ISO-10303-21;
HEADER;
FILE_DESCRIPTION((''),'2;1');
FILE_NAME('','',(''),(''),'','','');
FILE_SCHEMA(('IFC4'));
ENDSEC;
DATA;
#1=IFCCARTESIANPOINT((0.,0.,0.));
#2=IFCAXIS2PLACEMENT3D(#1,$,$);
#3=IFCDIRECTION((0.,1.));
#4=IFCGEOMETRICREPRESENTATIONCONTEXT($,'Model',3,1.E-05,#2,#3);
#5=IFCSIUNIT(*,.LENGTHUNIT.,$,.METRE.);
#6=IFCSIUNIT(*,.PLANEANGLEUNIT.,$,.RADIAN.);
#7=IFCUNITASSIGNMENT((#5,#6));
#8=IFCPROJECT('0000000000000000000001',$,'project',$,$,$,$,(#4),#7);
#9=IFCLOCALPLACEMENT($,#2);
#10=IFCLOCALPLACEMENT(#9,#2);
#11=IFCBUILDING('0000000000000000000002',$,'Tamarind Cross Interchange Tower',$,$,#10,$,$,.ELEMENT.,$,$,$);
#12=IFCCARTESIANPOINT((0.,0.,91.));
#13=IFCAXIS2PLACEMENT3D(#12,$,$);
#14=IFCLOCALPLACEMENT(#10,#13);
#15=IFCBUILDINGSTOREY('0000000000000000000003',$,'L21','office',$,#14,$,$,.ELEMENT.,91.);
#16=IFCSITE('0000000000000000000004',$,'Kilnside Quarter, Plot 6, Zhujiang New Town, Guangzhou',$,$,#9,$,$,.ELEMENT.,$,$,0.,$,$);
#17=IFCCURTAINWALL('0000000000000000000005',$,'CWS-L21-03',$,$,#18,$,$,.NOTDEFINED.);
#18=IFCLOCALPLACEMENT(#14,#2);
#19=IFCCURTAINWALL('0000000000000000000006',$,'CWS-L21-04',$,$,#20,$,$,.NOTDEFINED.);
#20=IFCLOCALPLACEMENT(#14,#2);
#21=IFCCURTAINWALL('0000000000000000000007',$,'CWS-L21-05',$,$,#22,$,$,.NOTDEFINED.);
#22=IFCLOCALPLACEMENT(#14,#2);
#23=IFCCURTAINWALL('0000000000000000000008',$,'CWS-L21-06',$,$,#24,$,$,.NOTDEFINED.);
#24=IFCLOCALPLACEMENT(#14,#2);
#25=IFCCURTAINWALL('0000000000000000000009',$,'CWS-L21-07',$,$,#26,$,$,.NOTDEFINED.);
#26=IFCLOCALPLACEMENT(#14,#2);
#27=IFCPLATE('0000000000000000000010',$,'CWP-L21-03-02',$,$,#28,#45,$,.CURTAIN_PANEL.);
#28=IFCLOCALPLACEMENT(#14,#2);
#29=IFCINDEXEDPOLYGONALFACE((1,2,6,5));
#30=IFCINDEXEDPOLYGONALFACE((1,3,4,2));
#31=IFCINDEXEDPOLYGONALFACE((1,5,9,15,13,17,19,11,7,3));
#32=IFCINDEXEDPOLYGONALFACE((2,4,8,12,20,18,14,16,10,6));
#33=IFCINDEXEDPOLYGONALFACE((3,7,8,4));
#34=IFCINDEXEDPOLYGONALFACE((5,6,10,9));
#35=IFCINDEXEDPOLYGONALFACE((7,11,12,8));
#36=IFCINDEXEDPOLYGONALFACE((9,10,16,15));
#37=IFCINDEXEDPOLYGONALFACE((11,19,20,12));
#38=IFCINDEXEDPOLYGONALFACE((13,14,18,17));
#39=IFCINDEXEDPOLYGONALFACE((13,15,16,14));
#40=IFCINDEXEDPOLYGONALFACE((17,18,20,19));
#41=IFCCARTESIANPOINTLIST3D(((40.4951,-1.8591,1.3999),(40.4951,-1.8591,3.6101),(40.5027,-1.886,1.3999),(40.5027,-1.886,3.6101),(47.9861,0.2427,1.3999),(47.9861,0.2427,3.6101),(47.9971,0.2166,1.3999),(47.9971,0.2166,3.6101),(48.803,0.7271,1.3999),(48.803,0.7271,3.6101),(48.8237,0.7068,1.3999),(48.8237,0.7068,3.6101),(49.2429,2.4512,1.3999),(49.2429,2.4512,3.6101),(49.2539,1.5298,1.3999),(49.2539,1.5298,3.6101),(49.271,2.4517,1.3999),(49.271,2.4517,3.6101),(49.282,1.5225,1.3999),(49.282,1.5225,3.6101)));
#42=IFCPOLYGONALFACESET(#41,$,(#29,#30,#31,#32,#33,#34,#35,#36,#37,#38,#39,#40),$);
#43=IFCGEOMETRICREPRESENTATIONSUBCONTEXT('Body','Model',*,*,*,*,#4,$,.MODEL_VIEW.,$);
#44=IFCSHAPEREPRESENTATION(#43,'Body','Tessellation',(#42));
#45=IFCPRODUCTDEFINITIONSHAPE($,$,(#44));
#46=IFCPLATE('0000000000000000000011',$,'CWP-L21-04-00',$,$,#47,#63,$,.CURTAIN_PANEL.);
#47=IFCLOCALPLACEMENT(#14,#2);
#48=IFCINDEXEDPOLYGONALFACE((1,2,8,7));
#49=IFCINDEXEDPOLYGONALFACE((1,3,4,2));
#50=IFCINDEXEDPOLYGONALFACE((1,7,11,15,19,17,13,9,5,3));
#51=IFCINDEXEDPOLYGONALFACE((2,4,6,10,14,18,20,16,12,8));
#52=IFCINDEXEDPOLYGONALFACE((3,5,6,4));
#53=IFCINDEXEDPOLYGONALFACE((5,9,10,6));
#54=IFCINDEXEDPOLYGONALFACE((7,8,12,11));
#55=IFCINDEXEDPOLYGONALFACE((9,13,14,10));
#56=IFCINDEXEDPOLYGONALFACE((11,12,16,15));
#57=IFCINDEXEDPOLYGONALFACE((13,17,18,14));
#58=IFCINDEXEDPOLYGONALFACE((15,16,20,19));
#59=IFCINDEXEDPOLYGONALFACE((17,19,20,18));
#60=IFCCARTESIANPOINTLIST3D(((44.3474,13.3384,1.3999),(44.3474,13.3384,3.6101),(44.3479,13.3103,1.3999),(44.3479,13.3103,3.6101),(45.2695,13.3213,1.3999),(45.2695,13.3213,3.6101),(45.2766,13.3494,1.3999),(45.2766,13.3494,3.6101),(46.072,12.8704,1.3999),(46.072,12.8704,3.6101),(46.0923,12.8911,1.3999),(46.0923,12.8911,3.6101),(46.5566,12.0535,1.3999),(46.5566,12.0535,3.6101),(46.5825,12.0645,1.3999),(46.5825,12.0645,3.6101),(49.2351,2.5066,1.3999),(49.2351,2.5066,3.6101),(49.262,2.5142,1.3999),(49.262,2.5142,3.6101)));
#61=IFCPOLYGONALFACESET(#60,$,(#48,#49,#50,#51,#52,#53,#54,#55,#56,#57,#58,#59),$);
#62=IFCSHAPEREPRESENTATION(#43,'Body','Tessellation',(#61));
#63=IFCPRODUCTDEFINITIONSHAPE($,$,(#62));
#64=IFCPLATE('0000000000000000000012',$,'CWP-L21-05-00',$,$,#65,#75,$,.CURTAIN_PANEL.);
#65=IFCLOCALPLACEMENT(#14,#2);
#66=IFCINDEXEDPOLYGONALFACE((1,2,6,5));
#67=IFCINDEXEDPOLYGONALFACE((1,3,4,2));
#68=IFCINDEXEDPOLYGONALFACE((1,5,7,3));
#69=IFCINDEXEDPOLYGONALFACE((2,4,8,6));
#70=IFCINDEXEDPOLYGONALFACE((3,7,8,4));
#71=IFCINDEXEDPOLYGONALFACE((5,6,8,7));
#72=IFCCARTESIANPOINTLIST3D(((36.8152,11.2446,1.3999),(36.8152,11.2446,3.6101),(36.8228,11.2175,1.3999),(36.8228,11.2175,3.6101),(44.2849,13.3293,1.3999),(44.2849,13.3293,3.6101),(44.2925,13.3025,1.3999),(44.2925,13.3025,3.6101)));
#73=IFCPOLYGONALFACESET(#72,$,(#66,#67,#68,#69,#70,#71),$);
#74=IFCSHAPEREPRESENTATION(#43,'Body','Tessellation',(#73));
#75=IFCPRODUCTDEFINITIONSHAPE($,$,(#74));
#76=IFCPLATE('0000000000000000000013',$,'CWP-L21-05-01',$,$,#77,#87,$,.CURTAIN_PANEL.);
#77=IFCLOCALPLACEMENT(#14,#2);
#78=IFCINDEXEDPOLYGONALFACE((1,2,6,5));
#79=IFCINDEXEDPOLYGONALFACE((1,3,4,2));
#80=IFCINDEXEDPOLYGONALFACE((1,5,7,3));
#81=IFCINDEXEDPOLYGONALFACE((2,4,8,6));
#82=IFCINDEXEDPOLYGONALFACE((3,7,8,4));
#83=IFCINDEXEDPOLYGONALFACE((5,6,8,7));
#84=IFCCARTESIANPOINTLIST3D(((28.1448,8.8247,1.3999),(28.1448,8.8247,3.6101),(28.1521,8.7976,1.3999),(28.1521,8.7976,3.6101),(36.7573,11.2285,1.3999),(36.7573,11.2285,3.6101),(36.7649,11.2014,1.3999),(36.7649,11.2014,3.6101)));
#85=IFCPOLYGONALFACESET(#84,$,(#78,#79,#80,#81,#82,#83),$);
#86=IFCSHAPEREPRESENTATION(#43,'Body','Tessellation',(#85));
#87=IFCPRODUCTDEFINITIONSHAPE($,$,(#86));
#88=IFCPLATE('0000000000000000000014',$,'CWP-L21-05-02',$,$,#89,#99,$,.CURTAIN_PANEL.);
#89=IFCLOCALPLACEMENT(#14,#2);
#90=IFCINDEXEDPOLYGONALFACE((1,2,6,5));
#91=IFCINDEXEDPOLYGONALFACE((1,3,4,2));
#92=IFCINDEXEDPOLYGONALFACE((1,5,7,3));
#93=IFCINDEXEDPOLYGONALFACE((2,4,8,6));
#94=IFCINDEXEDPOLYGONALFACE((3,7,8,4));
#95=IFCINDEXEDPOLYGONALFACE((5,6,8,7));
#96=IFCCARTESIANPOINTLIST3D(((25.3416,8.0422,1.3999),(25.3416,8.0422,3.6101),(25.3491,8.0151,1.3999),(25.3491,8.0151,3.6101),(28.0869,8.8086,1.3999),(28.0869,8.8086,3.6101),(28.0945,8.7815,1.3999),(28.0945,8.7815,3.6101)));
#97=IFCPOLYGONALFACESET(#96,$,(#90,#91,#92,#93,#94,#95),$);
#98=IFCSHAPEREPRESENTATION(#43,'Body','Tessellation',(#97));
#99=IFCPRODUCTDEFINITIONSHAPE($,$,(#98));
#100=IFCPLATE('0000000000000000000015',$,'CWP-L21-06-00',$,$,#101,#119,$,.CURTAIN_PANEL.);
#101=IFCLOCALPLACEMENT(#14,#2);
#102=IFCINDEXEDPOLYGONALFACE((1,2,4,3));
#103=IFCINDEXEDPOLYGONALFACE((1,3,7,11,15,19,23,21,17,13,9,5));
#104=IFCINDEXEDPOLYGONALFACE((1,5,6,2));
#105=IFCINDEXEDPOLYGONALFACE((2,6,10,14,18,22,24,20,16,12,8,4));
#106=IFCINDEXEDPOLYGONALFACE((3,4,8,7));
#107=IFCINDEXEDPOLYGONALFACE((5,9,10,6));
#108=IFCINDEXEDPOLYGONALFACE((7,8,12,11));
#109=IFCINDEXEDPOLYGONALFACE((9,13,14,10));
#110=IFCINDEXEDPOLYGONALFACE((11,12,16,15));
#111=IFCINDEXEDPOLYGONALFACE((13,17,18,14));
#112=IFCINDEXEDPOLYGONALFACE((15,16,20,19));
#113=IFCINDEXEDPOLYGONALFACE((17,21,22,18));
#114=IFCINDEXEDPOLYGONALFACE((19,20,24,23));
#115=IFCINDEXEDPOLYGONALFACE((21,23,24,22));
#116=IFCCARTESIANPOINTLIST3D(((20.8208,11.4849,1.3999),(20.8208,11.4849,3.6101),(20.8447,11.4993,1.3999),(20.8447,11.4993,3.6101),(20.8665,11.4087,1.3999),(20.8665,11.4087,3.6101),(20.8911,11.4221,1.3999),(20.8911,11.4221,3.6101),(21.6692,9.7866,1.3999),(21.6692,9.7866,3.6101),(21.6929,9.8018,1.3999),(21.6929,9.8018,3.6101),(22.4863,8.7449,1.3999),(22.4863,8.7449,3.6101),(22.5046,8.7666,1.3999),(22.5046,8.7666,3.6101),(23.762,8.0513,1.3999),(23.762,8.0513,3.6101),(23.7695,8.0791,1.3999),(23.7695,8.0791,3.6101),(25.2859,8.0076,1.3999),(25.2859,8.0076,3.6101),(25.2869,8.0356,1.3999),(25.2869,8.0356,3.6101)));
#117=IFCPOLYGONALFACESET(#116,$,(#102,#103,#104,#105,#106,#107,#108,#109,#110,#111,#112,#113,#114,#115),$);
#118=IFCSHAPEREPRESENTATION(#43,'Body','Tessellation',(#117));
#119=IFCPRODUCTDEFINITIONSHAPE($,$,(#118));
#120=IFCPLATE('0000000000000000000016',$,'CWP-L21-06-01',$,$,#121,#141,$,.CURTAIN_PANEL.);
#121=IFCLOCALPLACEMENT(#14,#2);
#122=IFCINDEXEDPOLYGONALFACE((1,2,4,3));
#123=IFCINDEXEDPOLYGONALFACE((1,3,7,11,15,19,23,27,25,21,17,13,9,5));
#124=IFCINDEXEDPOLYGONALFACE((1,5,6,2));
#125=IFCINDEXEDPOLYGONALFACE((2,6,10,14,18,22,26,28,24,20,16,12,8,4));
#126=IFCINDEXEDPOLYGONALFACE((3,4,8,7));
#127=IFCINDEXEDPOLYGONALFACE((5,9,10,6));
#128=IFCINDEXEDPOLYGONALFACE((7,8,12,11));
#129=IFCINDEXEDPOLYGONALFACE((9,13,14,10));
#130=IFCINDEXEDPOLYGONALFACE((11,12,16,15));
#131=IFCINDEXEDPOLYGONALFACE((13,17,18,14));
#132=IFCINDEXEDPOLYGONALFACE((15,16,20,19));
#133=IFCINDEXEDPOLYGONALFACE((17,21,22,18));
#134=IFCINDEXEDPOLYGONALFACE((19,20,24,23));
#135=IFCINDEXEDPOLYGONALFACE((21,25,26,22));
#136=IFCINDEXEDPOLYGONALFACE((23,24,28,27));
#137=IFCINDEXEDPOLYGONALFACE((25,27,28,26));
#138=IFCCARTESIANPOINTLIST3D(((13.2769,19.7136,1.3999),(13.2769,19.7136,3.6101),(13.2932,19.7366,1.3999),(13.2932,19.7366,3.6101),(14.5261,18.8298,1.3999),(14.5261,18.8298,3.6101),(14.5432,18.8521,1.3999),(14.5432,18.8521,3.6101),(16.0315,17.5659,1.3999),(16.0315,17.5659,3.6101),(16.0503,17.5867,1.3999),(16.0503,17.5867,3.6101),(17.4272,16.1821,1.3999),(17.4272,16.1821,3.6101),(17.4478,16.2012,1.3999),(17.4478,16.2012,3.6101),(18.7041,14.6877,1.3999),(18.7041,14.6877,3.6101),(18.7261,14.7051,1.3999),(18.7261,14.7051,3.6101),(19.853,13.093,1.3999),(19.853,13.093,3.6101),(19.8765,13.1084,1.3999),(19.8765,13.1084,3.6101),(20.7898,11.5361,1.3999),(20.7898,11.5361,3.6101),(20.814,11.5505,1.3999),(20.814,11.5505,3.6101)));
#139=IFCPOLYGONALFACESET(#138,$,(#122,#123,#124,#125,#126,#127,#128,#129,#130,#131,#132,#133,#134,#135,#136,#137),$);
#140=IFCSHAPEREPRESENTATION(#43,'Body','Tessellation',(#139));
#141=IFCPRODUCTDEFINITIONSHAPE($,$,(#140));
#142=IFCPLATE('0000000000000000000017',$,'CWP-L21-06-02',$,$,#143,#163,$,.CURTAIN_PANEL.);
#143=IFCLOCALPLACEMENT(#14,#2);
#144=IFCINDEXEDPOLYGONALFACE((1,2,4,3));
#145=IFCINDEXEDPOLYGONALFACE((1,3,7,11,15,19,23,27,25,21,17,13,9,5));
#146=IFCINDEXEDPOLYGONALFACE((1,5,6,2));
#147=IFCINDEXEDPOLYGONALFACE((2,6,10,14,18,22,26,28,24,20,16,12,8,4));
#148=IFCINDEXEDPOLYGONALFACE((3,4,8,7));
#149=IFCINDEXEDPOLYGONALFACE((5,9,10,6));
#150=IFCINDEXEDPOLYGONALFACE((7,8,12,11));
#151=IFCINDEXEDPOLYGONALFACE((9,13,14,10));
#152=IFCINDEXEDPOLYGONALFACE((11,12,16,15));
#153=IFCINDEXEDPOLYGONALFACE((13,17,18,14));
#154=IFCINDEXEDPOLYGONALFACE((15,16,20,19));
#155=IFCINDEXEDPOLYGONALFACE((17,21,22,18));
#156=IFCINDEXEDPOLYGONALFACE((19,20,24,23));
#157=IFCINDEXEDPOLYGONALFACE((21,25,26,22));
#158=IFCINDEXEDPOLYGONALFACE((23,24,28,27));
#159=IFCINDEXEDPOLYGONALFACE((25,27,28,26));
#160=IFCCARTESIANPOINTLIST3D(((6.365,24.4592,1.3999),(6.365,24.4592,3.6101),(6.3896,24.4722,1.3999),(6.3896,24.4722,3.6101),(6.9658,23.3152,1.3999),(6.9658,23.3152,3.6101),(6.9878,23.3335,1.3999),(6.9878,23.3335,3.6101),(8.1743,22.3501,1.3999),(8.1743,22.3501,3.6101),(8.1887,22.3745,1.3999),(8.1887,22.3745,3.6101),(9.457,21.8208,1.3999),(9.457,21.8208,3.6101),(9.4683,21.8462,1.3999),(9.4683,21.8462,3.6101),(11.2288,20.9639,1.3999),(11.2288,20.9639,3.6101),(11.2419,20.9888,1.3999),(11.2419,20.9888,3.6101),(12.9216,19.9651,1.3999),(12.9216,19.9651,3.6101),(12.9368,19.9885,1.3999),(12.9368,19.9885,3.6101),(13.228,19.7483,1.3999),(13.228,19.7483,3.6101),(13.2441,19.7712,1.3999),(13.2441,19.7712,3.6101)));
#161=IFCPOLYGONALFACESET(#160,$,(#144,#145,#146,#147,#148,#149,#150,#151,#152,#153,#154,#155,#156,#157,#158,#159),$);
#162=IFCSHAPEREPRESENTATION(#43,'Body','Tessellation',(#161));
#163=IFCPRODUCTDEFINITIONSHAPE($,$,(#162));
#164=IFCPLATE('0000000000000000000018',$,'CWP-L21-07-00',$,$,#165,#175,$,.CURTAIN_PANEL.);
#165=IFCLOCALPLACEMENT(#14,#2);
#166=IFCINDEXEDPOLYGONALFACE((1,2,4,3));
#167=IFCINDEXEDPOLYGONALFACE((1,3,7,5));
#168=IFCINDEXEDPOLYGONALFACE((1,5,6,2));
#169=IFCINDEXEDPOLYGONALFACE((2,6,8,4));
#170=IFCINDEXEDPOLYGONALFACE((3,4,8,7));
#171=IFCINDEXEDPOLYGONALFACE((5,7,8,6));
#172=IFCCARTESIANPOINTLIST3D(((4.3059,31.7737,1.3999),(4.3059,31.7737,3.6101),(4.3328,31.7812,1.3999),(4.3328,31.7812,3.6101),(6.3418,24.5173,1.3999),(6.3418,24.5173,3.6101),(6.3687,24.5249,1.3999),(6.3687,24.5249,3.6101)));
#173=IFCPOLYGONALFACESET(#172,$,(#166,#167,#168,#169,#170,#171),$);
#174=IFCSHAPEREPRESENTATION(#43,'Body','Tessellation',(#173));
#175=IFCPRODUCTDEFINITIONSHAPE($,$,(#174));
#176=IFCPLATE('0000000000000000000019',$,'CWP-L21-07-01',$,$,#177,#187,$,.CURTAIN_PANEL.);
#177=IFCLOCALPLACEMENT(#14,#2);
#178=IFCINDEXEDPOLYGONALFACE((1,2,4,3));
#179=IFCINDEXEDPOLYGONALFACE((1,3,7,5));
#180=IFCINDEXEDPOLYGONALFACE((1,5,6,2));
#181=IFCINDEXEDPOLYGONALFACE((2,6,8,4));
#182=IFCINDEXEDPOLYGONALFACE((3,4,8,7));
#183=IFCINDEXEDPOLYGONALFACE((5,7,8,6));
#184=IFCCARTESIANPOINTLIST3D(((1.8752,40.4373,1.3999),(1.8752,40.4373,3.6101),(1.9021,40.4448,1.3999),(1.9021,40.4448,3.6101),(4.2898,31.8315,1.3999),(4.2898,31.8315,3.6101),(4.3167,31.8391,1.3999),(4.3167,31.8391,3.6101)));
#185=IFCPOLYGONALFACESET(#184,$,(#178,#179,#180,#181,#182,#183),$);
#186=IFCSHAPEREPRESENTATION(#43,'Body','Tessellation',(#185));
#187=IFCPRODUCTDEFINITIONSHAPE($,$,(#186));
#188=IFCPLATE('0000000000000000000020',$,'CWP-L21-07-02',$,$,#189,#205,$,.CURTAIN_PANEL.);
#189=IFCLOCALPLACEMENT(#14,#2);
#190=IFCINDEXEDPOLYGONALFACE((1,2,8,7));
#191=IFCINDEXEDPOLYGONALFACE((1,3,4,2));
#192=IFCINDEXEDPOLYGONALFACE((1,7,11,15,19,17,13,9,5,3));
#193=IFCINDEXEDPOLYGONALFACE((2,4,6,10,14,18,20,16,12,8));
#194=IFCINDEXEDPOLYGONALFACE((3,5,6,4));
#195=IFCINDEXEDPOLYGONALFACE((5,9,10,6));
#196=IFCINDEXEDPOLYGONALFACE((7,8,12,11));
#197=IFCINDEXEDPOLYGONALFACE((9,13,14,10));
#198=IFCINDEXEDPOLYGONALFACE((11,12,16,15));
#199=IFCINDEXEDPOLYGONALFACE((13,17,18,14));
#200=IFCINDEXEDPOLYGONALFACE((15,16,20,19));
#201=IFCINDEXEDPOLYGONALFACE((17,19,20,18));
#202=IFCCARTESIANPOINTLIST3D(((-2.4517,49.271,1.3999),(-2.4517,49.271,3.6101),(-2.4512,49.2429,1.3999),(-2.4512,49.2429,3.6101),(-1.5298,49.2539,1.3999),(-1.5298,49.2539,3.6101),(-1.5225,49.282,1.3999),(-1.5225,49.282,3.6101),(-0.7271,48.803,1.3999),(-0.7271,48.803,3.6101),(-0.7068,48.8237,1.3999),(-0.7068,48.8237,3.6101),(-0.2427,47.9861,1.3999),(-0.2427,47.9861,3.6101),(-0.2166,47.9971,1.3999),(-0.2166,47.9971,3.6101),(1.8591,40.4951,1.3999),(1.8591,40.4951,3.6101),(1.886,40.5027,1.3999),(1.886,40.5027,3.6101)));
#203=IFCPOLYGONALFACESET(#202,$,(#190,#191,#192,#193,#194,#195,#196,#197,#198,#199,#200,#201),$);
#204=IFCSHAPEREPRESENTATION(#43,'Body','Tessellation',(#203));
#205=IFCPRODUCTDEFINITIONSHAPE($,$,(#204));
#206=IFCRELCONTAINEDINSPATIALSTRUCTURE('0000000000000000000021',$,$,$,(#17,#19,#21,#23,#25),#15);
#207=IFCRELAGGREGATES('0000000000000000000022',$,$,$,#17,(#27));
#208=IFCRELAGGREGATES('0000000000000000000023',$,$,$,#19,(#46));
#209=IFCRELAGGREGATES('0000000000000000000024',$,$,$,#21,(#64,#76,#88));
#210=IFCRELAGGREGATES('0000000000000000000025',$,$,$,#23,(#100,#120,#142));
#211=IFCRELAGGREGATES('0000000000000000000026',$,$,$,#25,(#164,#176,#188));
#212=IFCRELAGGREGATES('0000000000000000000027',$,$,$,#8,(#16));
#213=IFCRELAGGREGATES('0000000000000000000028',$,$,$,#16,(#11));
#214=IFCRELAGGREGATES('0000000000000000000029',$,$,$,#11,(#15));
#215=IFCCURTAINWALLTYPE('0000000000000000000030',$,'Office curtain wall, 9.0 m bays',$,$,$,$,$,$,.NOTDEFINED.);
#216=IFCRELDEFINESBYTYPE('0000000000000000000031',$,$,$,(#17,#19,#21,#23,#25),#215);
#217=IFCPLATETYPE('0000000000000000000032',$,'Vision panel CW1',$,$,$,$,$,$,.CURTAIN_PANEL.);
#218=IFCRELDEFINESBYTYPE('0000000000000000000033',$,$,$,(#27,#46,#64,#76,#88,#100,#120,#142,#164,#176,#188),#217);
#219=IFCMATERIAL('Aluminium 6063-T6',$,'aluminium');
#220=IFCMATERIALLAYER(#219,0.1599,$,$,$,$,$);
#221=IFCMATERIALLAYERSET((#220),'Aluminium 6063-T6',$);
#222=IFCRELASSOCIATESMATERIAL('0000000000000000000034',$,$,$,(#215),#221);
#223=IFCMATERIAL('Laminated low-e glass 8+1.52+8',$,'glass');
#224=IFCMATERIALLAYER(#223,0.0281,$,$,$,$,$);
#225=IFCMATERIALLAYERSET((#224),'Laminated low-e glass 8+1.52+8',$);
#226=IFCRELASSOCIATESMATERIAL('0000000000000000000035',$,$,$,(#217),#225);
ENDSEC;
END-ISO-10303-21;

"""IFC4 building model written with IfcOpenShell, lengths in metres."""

from ifc_helpers import new_model, si_unit, direction, frame, origin, place, context, subcontext, project, spatial, polyline, outline, extrude, material, layer, layer_set, type_object, element, aggregate, save


model = new_model("IFC4")

# Units and contexts
model_context = context("Model", 3, precision=1e-05, world=origin(), true_north=direction((0.0, 1.0)))
body_context = subcontext(model_context, "Body", "Model", "MODEL_VIEW")
ifc_project = project(units=[si_unit("LENGTHUNIT", "METRE"), si_unit("PLANEANGLEUNIT", "RADIAN")], contexts=[model_context])

# Site, building, storey
site_placement = place(None, origin())
site = spatial("IfcSite", under=ifc_project, at=site_placement, Name="Kilnside Quarter, Plot 6, Zhujiang New Town, Guangzhou", CompositionType="ELEMENT", RefElevation=0.0)
building_placement = place(site_placement, origin())
building = spatial("IfcBuilding", under=site, at=building_placement, Name="Tamarind Cross Interchange Tower", CompositionType="ELEMENT")
storey_placement = place(building_placement, frame((0.0, 0.0, 91.0)))
storey = spatial("IfcBuildingStorey", under=building, at=storey_placement, Name="L21", Description="office", CompositionType="ELEMENT", Elevation=91.0)

# Curtain walls
ifc_material_1 = material(Name="Aluminium 6063-T6", Category="aluminium")
ifc_layer_1 = layer(ifc_material_1, 0.1599)
ifc_layer_set_1 = layer_set([ifc_layer_1], Name="Aluminium 6063-T6")
curtain_wall_type = type_object("IfcCurtainWallType", Name="Office curtain wall, 9.0 m bays", PredefinedType="NOTDEFINED", material=ifc_layer_set_1)
curtain_wall_1_placement = place(storey_placement, origin())
curtain_wall_1 = element("IfcCurtainWall", 1, at=curtain_wall_1_placement, inside=storey, type_object=curtain_wall_type, Name="CWS-L21-03", PredefinedType="NOTDEFINED")
curtain_wall_2_placement = place(storey_placement, origin())
curtain_wall_2 = element("IfcCurtainWall", 2, at=curtain_wall_2_placement, inside=storey, type_object=curtain_wall_type, Name="CWS-L21-04", PredefinedType="NOTDEFINED")
curtain_wall_3_placement = place(storey_placement, origin())
curtain_wall_3 = element("IfcCurtainWall", 3, at=curtain_wall_3_placement, inside=storey, type_object=curtain_wall_type, Name="CWS-L21-05", PredefinedType="NOTDEFINED")
curtain_wall_4_placement = place(storey_placement, origin())
curtain_wall_4 = element("IfcCurtainWall", 4, at=curtain_wall_4_placement, inside=storey, type_object=curtain_wall_type, Name="CWS-L21-06", PredefinedType="NOTDEFINED")
curtain_wall_5_placement = place(storey_placement, origin())
curtain_wall_5 = element("IfcCurtainWall", 5, at=curtain_wall_5_placement, inside=storey, type_object=curtain_wall_type, Name="CWS-L21-07", PredefinedType="NOTDEFINED")

# Plates
ifc_material_2 = material(Name="Laminated low-e glass 8+1.52+8", Category="glass")
ifc_layer_2 = layer(ifc_material_2, 0.0281)
ifc_layer_set_2 = layer_set([ifc_layer_2], Name="Laminated low-e glass 8+1.52+8")
plate_type = type_object("IfcPlateType", Name="Vision panel CW1", PredefinedType="CURTAIN_PANEL", material=ifc_layer_set_2)
plate_1_placement = place(storey_placement, frame((0.0, 0.0, 1.3999)))
plate_1 = element("IfcPlate", 6, at=plate_1_placement, type_object=plate_type, Name="CWP-L21-03-02", PredefinedType="CURTAIN_PANEL", context=body_context, shape_type="SweptSolid", body=[
    extrude(outline(polyline([(40.4951, -1.8591), (47.9861, 0.2427), (48.803, 0.7271), (49.2539, 1.5298), (49.2429, 2.4512), (49.271, 2.4517), (49.282, 1.5225), (48.8237, 0.7068), (47.9971, 0.2166), (40.5027, -1.886), (40.4951, -1.8591)])), origin(), (0.0, 0.0, 1.0), 2.2102),
])
aggregate(curtain_wall_1, [plate_1])
plate_2_placement = place(storey_placement, frame((0.0, 0.0, 1.3999)))
plate_2 = element("IfcPlate", 7, at=plate_2_placement, type_object=plate_type, Name="CWP-L21-04-00", PredefinedType="CURTAIN_PANEL", context=body_context, shape_type="SweptSolid", body=[
    extrude(outline(polyline([(49.2351, 2.5066), (46.5566, 12.0535), (46.072, 12.8704), (45.2695, 13.3213), (44.3479, 13.3103), (44.3474, 13.3384), (45.2766, 13.3494), (46.0923, 12.8911), (46.5825, 12.0645), (49.262, 2.5142), (49.2351, 2.5066)])), origin(), (0.0, 0.0, 1.0), 2.2102),
])
aggregate(curtain_wall_2, [plate_2])
plate_3_placement = place(storey_placement, frame((0.0, 0.0, 1.3999)))
plate_3 = element("IfcPlate", 8, at=plate_3_placement, type_object=plate_type, Name="CWP-L21-05-00", PredefinedType="CURTAIN_PANEL", context=body_context, shape_type="SweptSolid", body=[
    extrude(outline(polyline([(44.2925, 13.3025), (36.8228, 11.2175), (36.8152, 11.2446), (44.2849, 13.3293), (44.2925, 13.3025)])), origin(), (0.0, 0.0, 1.0), 2.2102),
])
plate_4_placement = place(storey_placement, frame((0.0, 0.0, 1.3999)))
plate_4 = element("IfcPlate", 9, at=plate_4_placement, type_object=plate_type, Name="CWP-L21-05-01", PredefinedType="CURTAIN_PANEL", context=body_context, shape_type="SweptSolid", body=[
    extrude(outline(polyline([(36.7649, 11.2014), (28.1521, 8.7976), (28.1448, 8.8247), (36.7573, 11.2285), (36.7649, 11.2014)])), origin(), (0.0, 0.0, 1.0), 2.2102),
])
plate_5_placement = place(storey_placement, frame((0.0, 0.0, 1.3999)))
plate_5 = element("IfcPlate", 10, at=plate_5_placement, type_object=plate_type, Name="CWP-L21-05-02", PredefinedType="CURTAIN_PANEL", context=body_context, shape_type="SweptSolid", body=[
    extrude(outline(polyline([(28.0945, 8.7815), (25.3491, 8.0151), (25.3416, 8.0422), (28.0869, 8.8086), (28.0945, 8.7815)])), origin(), (0.0, 0.0, 1.0), 2.2102),
])
aggregate(curtain_wall_3, [plate_3, plate_4, plate_5])
plate_6_placement = place(storey_placement, frame((0.0, 0.0, 1.3999)))
plate_6 = element("IfcPlate", 11, at=plate_6_placement, type_object=plate_type, Name="CWP-L21-06-00", PredefinedType="CURTAIN_PANEL", context=body_context, shape_type="SweptSolid", body=[
    extrude(outline(polyline([(25.2859, 8.0076), (23.762, 8.0513), (22.4863, 8.7449), (21.6692, 9.7866), (20.8665, 11.4087), (20.8208, 11.4849), (20.8447, 11.4993), (20.8911, 11.4221), (21.6929, 9.8018), (22.5046, 8.7666), (23.7695, 8.0791), (25.2869, 8.0356), (25.2859, 8.0076)])), origin(), (0.0, 0.0, 1.0), 2.2102),
])
plate_7_placement = place(storey_placement, frame((0.0, 0.0, 1.3999)))
plate_7 = element("IfcPlate", 12, at=plate_7_placement, type_object=plate_type, Name="CWP-L21-06-01", PredefinedType="CURTAIN_PANEL", context=body_context, shape_type="SweptSolid", body=[
    extrude(outline(polyline([(20.7898, 11.5361), (19.853, 13.093), (18.7041, 14.6877), (17.4272, 16.1821), (16.0315, 17.5659), (14.5261, 18.8298), (13.2769, 19.7136), (13.2932, 19.7366), (14.5432, 18.8521), (16.0503, 17.5867), (17.4478, 16.2012), (18.7261, 14.7051), (19.8765, 13.1084), (20.814, 11.5505), (20.7898, 11.5361)])), origin(), (0.0, 0.0, 1.0), 2.2102),
])
plate_8_placement = place(storey_placement, frame((0.0, 0.0, 1.3999)))
plate_8 = element("IfcPlate", 13, at=plate_8_placement, type_object=plate_type, Name="CWP-L21-06-02", PredefinedType="CURTAIN_PANEL", context=body_context, shape_type="SweptSolid", body=[
    extrude(outline(polyline([(13.228, 19.7483), (12.9216, 19.9651), (11.2288, 20.9639), (9.457, 21.8208), (8.1743, 22.3501), (6.9658, 23.3152), (6.365, 24.4592), (6.3896, 24.4722), (6.9878, 23.3335), (8.1887, 22.3745), (9.4683, 21.8462), (11.2419, 20.9888), (12.9368, 19.9885), (13.2441, 19.7712), (13.228, 19.7483)])), origin(), (0.0, 0.0, 1.0), 2.2102),
])
aggregate(curtain_wall_4, [plate_6, plate_7, plate_8])
plate_9_placement = place(storey_placement, frame((0.0, 0.0, 1.3999)))
plate_9 = element("IfcPlate", 14, at=plate_9_placement, type_object=plate_type, Name="CWP-L21-07-00", PredefinedType="CURTAIN_PANEL", context=body_context, shape_type="SweptSolid", body=[
    extrude(outline(polyline([(6.3418, 24.5173), (4.3059, 31.7737), (4.3328, 31.7812), (6.3687, 24.5249), (6.3418, 24.5173)])), origin(), (0.0, 0.0, 1.0), 2.2102),
])
plate_10_placement = place(storey_placement, frame((0.0, 0.0, 1.3999)))
plate_10 = element("IfcPlate", 15, at=plate_10_placement, type_object=plate_type, Name="CWP-L21-07-01", PredefinedType="CURTAIN_PANEL", context=body_context, shape_type="SweptSolid", body=[
    extrude(outline(polyline([(4.2898, 31.8315), (1.8752, 40.4373), (1.9021, 40.4448), (4.3167, 31.8391), (4.2898, 31.8315)])), origin(), (0.0, 0.0, 1.0), 2.2102),
])
plate_11_placement = place(storey_placement, frame((0.0, 0.0, 1.3999)))
plate_11 = element("IfcPlate", 16, at=plate_11_placement, type_object=plate_type, Name="CWP-L21-07-02", PredefinedType="CURTAIN_PANEL", context=body_context, shape_type="SweptSolid", body=[
    extrude(outline(polyline([(1.8591, 40.4951), (-0.2427, 47.9861), (-0.7271, 48.803), (-1.5298, 49.2539), (-2.4512, 49.2429), (-2.4517, 49.271), (-1.5225, 49.282), (-0.7068, 48.8237), (-0.2166, 47.9971), (1.886, 40.5027), (1.8591, 40.4951)])), origin(), (0.0, 0.0, 1.0), 2.2102),
])
aggregate(curtain_wall_5, [plate_9, plate_10, plate_11])

save(model, "model.ifc")
